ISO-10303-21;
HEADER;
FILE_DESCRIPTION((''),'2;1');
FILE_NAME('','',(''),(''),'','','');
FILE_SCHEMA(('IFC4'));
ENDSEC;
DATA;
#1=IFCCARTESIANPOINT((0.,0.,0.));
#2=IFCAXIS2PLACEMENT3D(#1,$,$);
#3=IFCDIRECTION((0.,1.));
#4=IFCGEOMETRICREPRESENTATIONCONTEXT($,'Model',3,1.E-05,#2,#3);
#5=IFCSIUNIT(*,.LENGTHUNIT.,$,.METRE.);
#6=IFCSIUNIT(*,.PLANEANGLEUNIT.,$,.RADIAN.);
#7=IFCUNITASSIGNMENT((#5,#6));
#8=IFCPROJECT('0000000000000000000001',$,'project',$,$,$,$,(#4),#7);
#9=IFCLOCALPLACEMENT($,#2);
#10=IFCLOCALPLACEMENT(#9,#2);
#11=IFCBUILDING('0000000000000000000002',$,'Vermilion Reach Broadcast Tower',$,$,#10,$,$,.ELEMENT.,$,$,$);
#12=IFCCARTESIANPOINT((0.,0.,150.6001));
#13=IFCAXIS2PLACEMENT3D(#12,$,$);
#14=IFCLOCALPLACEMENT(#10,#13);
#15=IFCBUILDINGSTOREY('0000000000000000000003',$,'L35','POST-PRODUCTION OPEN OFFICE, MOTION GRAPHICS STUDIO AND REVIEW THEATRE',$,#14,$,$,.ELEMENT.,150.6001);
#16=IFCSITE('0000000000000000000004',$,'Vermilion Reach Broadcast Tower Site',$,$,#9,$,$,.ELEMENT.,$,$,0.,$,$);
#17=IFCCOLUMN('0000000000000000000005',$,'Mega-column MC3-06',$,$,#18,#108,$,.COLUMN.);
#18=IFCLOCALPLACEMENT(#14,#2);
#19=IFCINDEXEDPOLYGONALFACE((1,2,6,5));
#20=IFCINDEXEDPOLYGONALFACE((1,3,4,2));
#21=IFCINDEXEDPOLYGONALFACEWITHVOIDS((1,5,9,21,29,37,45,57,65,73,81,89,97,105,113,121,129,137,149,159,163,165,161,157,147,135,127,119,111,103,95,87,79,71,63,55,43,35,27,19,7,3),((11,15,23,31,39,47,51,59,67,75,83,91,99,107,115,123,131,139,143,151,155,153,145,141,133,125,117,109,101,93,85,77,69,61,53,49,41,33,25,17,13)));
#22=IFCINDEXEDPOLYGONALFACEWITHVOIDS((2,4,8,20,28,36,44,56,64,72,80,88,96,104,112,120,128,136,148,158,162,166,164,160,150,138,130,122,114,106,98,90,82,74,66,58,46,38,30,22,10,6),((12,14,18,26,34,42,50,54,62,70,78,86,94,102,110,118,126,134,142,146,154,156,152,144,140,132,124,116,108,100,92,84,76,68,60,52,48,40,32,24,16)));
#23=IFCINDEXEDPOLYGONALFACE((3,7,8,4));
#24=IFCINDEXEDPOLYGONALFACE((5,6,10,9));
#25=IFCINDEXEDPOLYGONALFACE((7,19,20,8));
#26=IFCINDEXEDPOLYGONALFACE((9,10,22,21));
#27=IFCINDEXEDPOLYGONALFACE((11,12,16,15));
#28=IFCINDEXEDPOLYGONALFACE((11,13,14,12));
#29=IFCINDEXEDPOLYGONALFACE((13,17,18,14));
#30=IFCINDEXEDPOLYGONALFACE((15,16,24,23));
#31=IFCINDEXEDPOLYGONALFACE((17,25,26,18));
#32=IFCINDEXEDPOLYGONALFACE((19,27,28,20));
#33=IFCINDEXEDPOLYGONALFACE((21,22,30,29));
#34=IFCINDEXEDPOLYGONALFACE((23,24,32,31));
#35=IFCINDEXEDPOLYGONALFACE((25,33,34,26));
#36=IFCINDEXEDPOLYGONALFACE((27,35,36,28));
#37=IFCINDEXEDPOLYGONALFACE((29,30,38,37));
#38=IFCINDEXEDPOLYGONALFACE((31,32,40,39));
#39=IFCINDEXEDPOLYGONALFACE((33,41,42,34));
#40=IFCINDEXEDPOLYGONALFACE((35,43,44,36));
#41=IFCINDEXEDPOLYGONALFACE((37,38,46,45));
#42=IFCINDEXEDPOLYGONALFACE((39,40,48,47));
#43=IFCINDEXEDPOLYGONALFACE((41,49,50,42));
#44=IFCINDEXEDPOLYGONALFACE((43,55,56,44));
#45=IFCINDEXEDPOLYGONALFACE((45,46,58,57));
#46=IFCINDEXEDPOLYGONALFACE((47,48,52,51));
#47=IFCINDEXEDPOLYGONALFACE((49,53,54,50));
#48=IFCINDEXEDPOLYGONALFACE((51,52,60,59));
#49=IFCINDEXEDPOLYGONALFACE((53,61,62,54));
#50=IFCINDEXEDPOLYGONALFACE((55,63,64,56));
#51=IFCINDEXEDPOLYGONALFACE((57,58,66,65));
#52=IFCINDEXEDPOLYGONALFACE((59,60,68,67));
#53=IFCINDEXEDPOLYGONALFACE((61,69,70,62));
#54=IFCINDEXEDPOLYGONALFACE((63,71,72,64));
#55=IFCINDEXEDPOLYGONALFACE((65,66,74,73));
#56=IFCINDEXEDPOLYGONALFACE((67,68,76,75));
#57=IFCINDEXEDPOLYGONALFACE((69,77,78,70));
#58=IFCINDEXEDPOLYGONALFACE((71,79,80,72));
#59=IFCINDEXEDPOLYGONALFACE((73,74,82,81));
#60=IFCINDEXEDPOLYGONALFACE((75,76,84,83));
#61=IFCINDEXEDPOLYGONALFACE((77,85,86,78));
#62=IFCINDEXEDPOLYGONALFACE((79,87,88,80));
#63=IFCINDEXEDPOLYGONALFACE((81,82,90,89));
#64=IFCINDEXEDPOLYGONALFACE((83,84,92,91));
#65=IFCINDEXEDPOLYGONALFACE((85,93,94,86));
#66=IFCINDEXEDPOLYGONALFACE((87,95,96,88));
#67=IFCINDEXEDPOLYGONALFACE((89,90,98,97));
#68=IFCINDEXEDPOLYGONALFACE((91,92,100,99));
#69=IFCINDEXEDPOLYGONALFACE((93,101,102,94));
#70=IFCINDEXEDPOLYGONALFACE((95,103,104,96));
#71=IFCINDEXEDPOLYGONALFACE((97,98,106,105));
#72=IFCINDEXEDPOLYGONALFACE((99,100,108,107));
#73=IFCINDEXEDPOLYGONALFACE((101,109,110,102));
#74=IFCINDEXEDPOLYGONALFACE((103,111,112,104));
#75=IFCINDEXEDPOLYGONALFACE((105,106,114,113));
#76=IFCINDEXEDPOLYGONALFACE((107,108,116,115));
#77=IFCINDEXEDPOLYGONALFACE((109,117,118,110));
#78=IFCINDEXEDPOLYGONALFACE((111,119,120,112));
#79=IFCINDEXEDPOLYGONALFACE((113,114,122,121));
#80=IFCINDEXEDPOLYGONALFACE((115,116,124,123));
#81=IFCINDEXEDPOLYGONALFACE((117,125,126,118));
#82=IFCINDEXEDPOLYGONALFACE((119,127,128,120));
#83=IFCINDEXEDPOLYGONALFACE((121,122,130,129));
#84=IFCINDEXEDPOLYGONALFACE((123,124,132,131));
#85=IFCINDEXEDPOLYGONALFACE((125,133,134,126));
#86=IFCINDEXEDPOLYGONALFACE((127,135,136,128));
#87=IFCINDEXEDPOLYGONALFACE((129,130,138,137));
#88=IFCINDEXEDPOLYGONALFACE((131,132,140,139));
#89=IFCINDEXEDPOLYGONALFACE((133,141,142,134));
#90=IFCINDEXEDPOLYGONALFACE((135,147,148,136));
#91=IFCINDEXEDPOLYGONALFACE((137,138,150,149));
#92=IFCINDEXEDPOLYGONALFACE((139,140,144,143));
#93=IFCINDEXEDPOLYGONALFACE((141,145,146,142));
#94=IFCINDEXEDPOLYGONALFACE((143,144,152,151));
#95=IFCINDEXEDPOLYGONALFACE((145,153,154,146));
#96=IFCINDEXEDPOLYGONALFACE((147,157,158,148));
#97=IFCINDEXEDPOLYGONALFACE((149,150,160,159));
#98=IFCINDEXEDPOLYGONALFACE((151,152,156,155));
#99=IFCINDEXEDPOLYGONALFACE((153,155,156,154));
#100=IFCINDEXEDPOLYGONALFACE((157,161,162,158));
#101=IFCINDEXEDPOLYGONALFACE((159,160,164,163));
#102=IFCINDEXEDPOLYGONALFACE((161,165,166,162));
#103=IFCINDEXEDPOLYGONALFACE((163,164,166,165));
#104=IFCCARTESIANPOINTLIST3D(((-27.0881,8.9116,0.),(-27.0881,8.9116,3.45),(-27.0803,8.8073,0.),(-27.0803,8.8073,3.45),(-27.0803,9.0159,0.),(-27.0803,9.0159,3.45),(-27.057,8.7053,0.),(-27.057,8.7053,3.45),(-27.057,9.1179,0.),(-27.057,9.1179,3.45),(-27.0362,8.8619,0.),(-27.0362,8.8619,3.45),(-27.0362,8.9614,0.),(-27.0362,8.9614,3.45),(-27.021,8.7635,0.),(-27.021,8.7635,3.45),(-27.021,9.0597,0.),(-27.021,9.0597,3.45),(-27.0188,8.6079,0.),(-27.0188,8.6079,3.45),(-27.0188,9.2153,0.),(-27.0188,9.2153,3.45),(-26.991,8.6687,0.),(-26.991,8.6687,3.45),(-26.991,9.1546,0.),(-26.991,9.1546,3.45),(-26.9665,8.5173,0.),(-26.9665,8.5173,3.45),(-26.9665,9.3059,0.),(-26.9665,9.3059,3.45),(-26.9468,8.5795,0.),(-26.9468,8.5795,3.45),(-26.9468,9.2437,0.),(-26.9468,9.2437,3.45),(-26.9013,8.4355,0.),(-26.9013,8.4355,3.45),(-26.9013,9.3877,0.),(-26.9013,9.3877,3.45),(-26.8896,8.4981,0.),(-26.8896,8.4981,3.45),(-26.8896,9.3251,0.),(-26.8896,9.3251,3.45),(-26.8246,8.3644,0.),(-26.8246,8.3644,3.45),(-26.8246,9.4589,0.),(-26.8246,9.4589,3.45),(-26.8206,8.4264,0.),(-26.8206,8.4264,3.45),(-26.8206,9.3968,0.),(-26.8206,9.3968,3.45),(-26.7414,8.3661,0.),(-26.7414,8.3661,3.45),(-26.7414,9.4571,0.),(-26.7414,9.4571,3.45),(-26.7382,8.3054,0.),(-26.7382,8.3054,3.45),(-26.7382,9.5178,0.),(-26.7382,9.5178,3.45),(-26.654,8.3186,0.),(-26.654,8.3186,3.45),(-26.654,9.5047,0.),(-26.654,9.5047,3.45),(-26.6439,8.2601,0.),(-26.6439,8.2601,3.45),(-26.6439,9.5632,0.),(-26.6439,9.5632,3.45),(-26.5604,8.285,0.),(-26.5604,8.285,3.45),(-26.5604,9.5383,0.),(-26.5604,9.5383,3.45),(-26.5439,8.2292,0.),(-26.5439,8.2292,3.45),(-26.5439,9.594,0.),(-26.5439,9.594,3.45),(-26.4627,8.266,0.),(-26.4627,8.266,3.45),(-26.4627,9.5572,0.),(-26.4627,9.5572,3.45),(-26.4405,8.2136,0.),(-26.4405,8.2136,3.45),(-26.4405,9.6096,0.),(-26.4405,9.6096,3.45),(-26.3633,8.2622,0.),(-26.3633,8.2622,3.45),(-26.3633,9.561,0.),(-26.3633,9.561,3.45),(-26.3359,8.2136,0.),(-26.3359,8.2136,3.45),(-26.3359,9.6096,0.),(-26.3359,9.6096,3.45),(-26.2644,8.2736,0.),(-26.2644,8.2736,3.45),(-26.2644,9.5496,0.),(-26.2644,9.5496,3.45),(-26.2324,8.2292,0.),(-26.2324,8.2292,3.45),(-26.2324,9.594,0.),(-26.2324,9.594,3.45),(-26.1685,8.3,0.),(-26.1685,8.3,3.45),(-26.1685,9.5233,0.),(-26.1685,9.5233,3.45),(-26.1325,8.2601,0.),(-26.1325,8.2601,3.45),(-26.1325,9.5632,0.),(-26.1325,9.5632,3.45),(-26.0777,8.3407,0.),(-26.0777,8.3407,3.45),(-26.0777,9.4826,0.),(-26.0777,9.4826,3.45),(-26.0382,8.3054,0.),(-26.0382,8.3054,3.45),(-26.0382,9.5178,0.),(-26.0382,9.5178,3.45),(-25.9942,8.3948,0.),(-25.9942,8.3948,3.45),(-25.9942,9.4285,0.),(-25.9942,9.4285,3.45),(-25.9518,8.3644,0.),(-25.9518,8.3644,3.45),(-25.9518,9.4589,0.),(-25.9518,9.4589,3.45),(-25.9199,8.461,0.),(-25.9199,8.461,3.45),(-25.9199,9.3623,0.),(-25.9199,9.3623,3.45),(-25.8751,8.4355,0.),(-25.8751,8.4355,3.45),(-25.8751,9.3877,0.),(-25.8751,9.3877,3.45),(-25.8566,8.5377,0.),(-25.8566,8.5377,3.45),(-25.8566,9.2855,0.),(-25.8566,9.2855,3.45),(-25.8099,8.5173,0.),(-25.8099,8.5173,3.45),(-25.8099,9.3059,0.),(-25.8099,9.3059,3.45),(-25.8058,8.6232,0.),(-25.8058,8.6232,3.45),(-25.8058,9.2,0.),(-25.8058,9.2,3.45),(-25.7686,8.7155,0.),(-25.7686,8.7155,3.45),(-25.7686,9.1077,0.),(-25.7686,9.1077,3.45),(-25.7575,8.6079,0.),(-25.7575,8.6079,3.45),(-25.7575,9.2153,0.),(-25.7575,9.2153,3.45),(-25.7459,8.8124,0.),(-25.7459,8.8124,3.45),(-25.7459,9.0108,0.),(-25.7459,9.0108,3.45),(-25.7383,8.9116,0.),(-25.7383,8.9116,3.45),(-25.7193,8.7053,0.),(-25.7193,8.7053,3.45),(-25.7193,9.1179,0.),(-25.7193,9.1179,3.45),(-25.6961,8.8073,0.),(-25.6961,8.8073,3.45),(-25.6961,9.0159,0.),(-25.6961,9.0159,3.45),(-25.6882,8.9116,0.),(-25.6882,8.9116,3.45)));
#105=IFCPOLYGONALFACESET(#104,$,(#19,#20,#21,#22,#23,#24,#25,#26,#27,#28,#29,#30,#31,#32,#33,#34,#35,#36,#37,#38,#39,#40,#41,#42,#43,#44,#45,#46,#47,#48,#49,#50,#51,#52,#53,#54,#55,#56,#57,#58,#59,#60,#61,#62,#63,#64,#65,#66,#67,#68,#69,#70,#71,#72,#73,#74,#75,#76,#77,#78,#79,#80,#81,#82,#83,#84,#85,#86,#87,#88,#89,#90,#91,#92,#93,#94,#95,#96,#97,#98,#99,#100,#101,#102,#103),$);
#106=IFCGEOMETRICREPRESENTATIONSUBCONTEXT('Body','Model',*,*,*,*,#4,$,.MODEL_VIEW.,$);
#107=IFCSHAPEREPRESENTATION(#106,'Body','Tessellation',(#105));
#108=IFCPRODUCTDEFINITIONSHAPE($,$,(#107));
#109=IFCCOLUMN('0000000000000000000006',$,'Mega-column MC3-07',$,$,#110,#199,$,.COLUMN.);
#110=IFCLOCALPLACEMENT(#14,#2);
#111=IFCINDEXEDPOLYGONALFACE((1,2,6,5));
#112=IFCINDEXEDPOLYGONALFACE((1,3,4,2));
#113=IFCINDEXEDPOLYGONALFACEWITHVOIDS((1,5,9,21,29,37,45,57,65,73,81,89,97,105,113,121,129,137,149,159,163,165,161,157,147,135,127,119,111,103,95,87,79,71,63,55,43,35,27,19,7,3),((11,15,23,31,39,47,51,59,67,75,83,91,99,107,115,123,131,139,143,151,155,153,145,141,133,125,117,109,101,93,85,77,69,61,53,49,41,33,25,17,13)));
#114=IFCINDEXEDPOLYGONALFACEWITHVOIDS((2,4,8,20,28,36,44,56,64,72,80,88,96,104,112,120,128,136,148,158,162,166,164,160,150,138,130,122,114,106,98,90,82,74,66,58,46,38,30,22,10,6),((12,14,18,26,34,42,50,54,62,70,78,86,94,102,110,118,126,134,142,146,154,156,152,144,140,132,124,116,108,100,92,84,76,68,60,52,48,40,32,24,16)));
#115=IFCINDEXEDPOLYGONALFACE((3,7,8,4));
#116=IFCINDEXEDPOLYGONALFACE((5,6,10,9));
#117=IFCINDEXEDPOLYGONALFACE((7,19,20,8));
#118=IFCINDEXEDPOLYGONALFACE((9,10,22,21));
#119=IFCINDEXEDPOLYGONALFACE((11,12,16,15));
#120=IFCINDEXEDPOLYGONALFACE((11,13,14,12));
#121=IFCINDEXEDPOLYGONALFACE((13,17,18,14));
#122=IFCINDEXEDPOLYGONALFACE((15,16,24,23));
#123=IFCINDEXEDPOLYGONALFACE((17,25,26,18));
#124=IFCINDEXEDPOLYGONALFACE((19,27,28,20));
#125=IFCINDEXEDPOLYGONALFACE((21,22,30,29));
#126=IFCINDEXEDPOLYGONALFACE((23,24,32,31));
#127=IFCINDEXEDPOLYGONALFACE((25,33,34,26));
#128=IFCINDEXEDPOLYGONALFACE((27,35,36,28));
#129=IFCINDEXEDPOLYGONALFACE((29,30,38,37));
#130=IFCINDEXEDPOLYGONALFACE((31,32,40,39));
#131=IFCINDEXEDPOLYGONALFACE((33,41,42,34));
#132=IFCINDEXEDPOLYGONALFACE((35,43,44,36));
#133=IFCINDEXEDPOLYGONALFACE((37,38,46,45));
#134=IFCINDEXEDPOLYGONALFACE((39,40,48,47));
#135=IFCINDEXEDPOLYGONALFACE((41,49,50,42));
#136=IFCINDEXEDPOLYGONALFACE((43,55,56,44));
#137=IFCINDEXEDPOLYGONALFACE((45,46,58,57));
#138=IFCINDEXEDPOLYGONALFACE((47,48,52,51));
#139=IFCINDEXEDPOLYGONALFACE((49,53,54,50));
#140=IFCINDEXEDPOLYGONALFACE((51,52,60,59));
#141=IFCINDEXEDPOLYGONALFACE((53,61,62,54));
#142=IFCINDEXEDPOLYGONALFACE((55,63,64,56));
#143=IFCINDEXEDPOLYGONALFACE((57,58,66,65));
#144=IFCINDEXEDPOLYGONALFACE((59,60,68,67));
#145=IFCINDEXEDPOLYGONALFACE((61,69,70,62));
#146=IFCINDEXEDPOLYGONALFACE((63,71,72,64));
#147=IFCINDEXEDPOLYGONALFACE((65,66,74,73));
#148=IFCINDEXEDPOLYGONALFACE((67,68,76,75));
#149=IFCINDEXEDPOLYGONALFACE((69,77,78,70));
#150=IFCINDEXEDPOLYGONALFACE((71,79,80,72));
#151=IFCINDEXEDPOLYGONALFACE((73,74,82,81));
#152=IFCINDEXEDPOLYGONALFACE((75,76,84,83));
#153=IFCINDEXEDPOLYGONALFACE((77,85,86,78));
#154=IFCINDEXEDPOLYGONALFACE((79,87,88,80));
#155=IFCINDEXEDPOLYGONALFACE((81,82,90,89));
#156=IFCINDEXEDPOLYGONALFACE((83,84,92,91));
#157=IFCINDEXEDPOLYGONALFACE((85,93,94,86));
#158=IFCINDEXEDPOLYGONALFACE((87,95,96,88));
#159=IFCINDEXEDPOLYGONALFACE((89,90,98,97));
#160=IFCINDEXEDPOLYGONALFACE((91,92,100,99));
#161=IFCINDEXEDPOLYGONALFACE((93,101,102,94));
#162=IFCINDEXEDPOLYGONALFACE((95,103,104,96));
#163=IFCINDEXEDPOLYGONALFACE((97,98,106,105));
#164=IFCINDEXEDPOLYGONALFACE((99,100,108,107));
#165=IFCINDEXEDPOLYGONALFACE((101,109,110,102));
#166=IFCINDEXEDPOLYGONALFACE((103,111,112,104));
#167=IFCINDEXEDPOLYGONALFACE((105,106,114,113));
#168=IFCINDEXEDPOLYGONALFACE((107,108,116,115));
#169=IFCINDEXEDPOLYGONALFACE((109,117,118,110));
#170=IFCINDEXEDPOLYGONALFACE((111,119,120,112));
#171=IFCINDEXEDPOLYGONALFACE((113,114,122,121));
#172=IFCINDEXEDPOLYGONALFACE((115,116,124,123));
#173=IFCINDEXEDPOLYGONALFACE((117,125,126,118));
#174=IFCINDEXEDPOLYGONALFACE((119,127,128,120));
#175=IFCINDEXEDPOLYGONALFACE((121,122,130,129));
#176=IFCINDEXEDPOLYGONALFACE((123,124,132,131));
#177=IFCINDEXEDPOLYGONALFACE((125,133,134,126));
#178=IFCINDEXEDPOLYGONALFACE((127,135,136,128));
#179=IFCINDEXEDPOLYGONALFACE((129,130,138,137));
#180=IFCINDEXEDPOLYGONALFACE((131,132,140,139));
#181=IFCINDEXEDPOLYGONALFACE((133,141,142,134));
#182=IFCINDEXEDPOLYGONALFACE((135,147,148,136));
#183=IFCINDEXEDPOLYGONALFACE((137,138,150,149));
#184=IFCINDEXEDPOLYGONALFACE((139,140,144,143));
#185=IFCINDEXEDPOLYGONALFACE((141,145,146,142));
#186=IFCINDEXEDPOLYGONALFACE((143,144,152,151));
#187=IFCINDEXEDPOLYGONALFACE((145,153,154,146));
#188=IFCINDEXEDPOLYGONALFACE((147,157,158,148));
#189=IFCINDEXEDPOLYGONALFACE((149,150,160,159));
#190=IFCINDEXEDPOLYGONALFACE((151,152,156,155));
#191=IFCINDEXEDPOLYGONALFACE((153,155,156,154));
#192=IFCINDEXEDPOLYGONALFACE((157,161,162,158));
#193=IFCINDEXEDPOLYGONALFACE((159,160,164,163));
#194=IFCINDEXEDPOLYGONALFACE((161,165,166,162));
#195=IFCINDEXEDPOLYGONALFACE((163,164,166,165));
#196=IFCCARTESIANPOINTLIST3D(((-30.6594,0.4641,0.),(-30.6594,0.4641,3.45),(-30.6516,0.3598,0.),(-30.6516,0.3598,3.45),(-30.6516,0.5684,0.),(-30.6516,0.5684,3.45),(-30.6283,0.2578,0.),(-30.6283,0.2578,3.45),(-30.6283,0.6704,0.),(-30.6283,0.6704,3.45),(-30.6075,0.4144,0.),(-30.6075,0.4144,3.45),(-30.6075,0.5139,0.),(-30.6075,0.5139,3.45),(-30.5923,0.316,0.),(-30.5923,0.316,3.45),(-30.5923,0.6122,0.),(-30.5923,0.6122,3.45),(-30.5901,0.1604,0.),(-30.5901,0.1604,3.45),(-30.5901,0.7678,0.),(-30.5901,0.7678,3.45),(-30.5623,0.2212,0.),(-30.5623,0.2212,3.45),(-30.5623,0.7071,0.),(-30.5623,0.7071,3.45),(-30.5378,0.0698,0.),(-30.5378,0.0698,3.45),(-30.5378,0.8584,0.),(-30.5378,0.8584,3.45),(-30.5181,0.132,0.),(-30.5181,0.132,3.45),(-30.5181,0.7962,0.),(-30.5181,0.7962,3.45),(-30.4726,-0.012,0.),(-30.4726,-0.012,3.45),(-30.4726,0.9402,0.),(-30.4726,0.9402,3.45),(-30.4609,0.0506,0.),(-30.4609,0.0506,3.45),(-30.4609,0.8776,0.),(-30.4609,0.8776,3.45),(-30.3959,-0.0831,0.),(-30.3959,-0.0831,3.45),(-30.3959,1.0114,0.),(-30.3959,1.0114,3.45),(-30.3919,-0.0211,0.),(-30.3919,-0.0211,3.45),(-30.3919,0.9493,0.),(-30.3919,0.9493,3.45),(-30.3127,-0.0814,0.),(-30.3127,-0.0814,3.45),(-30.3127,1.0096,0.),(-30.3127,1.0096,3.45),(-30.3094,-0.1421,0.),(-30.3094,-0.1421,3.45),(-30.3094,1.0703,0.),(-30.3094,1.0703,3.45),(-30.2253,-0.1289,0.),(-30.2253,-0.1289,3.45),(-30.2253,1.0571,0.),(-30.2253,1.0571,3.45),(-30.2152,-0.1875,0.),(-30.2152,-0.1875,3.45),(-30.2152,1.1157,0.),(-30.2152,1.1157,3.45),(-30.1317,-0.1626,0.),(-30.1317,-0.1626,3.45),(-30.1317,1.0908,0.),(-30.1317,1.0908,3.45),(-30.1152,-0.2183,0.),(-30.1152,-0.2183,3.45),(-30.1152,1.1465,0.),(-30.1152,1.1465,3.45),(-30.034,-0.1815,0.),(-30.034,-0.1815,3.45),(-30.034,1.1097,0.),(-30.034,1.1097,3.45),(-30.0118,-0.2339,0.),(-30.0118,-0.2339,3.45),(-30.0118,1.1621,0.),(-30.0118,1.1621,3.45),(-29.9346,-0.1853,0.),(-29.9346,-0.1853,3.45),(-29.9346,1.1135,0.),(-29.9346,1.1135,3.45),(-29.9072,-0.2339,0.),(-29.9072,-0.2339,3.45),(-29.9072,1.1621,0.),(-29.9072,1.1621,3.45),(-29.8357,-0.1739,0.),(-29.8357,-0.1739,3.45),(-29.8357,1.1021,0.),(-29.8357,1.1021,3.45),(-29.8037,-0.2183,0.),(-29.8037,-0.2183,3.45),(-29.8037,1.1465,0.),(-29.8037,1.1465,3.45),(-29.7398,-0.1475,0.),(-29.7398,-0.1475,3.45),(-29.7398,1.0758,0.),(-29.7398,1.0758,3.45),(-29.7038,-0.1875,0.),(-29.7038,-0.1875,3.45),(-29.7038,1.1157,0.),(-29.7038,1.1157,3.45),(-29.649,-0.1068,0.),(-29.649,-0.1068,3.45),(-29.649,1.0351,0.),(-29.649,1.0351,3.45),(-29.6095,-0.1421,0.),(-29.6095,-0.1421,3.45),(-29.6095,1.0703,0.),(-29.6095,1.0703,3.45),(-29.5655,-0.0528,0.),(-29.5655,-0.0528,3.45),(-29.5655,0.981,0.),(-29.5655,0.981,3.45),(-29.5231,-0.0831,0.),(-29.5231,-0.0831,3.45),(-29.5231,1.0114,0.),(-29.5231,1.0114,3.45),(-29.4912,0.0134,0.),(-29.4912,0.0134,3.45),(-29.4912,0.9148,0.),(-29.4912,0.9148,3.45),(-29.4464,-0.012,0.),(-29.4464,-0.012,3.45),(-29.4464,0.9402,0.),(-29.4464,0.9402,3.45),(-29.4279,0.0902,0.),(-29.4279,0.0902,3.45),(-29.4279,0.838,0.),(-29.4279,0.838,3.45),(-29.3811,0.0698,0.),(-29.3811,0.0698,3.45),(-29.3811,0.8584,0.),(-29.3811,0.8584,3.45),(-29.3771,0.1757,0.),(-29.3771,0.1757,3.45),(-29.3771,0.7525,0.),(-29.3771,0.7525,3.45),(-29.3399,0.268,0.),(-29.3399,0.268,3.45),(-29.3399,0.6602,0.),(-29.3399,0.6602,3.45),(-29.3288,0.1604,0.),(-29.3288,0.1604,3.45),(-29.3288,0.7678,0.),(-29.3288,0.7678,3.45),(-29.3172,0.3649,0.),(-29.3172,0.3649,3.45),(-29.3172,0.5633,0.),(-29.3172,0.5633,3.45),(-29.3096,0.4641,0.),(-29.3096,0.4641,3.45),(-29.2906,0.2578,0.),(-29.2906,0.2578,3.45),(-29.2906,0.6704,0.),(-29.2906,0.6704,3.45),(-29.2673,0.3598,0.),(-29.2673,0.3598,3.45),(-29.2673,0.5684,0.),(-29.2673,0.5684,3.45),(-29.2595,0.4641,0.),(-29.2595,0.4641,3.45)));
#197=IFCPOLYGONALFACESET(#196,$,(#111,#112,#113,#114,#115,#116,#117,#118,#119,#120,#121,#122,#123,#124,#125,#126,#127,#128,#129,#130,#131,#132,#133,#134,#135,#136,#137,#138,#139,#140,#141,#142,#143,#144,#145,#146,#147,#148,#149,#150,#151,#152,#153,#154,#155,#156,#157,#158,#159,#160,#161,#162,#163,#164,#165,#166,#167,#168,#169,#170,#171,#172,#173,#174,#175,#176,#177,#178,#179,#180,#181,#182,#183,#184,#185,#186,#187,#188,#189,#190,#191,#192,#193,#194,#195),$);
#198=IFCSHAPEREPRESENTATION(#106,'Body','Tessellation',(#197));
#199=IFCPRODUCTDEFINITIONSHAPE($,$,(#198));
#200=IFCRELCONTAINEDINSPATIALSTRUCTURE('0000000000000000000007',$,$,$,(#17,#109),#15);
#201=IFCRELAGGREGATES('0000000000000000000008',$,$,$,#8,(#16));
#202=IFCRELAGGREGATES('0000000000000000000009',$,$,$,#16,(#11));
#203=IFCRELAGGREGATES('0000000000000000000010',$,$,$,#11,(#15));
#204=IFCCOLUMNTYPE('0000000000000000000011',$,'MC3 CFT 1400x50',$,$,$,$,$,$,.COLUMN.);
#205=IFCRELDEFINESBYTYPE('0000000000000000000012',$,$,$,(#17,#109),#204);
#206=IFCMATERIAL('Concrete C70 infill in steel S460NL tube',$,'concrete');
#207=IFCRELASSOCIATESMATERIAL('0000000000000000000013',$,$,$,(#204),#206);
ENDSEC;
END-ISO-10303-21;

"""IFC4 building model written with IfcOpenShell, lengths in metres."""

from ifc_helpers import new_model, si_unit, direction, frame, origin, origin_2d, place, context, subcontext, project, spatial, hollow_circle, extrude, material, material_profile, profile_set, type_object, element, save


model = new_model("IFC4")

# Units and contexts
model_context = context("Model", 3, precision=1e-05, world=origin(), true_north=direction((0.0, 1.0)))
body_context = subcontext(model_context, "Body", "Model", "MODEL_VIEW")
ifc_project = project(units=[si_unit("LENGTHUNIT", "METRE"), si_unit("PLANEANGLEUNIT", "RADIAN")], contexts=[model_context])

# Site, building, storey
site_placement = place(None, origin())
site = spatial("IfcSite", under=ifc_project, at=site_placement, Name="Vermilion Reach Broadcast Tower Site", CompositionType="ELEMENT", RefElevation=0.0)
building_placement = place(site_placement, origin())
building = spatial("IfcBuilding", under=site, at=building_placement, Name="Vermilion Reach Broadcast Tower", CompositionType="ELEMENT")
storey_placement = place(building_placement, frame((0.0, 0.0, 150.6001)))
storey = spatial("IfcBuildingStorey", under=building, at=storey_placement, Name="L35", Description="POST-PRODUCTION OPEN OFFICE, MOTION GRAPHICS STUDIO AND REVIEW THEATRE", CompositionType="ELEMENT", Elevation=150.6001)

# Columns
ifc_material_1 = material(Name="Concrete C70 infill in steel S460NL tube", Category="concrete")
ifc_material_profile_1 = material_profile(ifc_material_1, hollow_circle(Radius=0.7, WallThickness=0.05, at=origin_2d()), Name="Concrete C70 infill in steel S460NL tube CFT 1400x50")
ifc_profile_set_1 = profile_set([ifc_material_profile_1], Name="Concrete C70 infill in steel S460NL tube")
column_type = type_object("IfcColumnType", Name="MC3 CFT 1400x50", PredefinedType="COLUMN", material=ifc_profile_set_1)
for number, where, z_axis, x_axis, name in (
    (1, (-26.3882, 8.9116, 0.0), (0.0, 0.0, 1.0), (1.0, 0.0, 0.0), "Mega-column MC3-06"),
    (2, (-29.9595, 0.4641, 0.0), (0.0, 0.0, 1.0), (1.0, 0.0, 0.0), "Mega-column MC3-07"),
):
    element("IfcColumn", number, at=place(storey_placement, frame(where, z_axis=z_axis, x_axis=x_axis)), inside=storey, type_object=column_type, Name=name, PredefinedType="COLUMN", context=body_context, shape_type="SweptSolid", body=[
        extrude(hollow_circle(Radius=0.7, WallThickness=0.05, at=origin_2d()), origin(), (0.0, 0.0, 1.0), 3.45),
    ])

save(model, "model.ifc")
